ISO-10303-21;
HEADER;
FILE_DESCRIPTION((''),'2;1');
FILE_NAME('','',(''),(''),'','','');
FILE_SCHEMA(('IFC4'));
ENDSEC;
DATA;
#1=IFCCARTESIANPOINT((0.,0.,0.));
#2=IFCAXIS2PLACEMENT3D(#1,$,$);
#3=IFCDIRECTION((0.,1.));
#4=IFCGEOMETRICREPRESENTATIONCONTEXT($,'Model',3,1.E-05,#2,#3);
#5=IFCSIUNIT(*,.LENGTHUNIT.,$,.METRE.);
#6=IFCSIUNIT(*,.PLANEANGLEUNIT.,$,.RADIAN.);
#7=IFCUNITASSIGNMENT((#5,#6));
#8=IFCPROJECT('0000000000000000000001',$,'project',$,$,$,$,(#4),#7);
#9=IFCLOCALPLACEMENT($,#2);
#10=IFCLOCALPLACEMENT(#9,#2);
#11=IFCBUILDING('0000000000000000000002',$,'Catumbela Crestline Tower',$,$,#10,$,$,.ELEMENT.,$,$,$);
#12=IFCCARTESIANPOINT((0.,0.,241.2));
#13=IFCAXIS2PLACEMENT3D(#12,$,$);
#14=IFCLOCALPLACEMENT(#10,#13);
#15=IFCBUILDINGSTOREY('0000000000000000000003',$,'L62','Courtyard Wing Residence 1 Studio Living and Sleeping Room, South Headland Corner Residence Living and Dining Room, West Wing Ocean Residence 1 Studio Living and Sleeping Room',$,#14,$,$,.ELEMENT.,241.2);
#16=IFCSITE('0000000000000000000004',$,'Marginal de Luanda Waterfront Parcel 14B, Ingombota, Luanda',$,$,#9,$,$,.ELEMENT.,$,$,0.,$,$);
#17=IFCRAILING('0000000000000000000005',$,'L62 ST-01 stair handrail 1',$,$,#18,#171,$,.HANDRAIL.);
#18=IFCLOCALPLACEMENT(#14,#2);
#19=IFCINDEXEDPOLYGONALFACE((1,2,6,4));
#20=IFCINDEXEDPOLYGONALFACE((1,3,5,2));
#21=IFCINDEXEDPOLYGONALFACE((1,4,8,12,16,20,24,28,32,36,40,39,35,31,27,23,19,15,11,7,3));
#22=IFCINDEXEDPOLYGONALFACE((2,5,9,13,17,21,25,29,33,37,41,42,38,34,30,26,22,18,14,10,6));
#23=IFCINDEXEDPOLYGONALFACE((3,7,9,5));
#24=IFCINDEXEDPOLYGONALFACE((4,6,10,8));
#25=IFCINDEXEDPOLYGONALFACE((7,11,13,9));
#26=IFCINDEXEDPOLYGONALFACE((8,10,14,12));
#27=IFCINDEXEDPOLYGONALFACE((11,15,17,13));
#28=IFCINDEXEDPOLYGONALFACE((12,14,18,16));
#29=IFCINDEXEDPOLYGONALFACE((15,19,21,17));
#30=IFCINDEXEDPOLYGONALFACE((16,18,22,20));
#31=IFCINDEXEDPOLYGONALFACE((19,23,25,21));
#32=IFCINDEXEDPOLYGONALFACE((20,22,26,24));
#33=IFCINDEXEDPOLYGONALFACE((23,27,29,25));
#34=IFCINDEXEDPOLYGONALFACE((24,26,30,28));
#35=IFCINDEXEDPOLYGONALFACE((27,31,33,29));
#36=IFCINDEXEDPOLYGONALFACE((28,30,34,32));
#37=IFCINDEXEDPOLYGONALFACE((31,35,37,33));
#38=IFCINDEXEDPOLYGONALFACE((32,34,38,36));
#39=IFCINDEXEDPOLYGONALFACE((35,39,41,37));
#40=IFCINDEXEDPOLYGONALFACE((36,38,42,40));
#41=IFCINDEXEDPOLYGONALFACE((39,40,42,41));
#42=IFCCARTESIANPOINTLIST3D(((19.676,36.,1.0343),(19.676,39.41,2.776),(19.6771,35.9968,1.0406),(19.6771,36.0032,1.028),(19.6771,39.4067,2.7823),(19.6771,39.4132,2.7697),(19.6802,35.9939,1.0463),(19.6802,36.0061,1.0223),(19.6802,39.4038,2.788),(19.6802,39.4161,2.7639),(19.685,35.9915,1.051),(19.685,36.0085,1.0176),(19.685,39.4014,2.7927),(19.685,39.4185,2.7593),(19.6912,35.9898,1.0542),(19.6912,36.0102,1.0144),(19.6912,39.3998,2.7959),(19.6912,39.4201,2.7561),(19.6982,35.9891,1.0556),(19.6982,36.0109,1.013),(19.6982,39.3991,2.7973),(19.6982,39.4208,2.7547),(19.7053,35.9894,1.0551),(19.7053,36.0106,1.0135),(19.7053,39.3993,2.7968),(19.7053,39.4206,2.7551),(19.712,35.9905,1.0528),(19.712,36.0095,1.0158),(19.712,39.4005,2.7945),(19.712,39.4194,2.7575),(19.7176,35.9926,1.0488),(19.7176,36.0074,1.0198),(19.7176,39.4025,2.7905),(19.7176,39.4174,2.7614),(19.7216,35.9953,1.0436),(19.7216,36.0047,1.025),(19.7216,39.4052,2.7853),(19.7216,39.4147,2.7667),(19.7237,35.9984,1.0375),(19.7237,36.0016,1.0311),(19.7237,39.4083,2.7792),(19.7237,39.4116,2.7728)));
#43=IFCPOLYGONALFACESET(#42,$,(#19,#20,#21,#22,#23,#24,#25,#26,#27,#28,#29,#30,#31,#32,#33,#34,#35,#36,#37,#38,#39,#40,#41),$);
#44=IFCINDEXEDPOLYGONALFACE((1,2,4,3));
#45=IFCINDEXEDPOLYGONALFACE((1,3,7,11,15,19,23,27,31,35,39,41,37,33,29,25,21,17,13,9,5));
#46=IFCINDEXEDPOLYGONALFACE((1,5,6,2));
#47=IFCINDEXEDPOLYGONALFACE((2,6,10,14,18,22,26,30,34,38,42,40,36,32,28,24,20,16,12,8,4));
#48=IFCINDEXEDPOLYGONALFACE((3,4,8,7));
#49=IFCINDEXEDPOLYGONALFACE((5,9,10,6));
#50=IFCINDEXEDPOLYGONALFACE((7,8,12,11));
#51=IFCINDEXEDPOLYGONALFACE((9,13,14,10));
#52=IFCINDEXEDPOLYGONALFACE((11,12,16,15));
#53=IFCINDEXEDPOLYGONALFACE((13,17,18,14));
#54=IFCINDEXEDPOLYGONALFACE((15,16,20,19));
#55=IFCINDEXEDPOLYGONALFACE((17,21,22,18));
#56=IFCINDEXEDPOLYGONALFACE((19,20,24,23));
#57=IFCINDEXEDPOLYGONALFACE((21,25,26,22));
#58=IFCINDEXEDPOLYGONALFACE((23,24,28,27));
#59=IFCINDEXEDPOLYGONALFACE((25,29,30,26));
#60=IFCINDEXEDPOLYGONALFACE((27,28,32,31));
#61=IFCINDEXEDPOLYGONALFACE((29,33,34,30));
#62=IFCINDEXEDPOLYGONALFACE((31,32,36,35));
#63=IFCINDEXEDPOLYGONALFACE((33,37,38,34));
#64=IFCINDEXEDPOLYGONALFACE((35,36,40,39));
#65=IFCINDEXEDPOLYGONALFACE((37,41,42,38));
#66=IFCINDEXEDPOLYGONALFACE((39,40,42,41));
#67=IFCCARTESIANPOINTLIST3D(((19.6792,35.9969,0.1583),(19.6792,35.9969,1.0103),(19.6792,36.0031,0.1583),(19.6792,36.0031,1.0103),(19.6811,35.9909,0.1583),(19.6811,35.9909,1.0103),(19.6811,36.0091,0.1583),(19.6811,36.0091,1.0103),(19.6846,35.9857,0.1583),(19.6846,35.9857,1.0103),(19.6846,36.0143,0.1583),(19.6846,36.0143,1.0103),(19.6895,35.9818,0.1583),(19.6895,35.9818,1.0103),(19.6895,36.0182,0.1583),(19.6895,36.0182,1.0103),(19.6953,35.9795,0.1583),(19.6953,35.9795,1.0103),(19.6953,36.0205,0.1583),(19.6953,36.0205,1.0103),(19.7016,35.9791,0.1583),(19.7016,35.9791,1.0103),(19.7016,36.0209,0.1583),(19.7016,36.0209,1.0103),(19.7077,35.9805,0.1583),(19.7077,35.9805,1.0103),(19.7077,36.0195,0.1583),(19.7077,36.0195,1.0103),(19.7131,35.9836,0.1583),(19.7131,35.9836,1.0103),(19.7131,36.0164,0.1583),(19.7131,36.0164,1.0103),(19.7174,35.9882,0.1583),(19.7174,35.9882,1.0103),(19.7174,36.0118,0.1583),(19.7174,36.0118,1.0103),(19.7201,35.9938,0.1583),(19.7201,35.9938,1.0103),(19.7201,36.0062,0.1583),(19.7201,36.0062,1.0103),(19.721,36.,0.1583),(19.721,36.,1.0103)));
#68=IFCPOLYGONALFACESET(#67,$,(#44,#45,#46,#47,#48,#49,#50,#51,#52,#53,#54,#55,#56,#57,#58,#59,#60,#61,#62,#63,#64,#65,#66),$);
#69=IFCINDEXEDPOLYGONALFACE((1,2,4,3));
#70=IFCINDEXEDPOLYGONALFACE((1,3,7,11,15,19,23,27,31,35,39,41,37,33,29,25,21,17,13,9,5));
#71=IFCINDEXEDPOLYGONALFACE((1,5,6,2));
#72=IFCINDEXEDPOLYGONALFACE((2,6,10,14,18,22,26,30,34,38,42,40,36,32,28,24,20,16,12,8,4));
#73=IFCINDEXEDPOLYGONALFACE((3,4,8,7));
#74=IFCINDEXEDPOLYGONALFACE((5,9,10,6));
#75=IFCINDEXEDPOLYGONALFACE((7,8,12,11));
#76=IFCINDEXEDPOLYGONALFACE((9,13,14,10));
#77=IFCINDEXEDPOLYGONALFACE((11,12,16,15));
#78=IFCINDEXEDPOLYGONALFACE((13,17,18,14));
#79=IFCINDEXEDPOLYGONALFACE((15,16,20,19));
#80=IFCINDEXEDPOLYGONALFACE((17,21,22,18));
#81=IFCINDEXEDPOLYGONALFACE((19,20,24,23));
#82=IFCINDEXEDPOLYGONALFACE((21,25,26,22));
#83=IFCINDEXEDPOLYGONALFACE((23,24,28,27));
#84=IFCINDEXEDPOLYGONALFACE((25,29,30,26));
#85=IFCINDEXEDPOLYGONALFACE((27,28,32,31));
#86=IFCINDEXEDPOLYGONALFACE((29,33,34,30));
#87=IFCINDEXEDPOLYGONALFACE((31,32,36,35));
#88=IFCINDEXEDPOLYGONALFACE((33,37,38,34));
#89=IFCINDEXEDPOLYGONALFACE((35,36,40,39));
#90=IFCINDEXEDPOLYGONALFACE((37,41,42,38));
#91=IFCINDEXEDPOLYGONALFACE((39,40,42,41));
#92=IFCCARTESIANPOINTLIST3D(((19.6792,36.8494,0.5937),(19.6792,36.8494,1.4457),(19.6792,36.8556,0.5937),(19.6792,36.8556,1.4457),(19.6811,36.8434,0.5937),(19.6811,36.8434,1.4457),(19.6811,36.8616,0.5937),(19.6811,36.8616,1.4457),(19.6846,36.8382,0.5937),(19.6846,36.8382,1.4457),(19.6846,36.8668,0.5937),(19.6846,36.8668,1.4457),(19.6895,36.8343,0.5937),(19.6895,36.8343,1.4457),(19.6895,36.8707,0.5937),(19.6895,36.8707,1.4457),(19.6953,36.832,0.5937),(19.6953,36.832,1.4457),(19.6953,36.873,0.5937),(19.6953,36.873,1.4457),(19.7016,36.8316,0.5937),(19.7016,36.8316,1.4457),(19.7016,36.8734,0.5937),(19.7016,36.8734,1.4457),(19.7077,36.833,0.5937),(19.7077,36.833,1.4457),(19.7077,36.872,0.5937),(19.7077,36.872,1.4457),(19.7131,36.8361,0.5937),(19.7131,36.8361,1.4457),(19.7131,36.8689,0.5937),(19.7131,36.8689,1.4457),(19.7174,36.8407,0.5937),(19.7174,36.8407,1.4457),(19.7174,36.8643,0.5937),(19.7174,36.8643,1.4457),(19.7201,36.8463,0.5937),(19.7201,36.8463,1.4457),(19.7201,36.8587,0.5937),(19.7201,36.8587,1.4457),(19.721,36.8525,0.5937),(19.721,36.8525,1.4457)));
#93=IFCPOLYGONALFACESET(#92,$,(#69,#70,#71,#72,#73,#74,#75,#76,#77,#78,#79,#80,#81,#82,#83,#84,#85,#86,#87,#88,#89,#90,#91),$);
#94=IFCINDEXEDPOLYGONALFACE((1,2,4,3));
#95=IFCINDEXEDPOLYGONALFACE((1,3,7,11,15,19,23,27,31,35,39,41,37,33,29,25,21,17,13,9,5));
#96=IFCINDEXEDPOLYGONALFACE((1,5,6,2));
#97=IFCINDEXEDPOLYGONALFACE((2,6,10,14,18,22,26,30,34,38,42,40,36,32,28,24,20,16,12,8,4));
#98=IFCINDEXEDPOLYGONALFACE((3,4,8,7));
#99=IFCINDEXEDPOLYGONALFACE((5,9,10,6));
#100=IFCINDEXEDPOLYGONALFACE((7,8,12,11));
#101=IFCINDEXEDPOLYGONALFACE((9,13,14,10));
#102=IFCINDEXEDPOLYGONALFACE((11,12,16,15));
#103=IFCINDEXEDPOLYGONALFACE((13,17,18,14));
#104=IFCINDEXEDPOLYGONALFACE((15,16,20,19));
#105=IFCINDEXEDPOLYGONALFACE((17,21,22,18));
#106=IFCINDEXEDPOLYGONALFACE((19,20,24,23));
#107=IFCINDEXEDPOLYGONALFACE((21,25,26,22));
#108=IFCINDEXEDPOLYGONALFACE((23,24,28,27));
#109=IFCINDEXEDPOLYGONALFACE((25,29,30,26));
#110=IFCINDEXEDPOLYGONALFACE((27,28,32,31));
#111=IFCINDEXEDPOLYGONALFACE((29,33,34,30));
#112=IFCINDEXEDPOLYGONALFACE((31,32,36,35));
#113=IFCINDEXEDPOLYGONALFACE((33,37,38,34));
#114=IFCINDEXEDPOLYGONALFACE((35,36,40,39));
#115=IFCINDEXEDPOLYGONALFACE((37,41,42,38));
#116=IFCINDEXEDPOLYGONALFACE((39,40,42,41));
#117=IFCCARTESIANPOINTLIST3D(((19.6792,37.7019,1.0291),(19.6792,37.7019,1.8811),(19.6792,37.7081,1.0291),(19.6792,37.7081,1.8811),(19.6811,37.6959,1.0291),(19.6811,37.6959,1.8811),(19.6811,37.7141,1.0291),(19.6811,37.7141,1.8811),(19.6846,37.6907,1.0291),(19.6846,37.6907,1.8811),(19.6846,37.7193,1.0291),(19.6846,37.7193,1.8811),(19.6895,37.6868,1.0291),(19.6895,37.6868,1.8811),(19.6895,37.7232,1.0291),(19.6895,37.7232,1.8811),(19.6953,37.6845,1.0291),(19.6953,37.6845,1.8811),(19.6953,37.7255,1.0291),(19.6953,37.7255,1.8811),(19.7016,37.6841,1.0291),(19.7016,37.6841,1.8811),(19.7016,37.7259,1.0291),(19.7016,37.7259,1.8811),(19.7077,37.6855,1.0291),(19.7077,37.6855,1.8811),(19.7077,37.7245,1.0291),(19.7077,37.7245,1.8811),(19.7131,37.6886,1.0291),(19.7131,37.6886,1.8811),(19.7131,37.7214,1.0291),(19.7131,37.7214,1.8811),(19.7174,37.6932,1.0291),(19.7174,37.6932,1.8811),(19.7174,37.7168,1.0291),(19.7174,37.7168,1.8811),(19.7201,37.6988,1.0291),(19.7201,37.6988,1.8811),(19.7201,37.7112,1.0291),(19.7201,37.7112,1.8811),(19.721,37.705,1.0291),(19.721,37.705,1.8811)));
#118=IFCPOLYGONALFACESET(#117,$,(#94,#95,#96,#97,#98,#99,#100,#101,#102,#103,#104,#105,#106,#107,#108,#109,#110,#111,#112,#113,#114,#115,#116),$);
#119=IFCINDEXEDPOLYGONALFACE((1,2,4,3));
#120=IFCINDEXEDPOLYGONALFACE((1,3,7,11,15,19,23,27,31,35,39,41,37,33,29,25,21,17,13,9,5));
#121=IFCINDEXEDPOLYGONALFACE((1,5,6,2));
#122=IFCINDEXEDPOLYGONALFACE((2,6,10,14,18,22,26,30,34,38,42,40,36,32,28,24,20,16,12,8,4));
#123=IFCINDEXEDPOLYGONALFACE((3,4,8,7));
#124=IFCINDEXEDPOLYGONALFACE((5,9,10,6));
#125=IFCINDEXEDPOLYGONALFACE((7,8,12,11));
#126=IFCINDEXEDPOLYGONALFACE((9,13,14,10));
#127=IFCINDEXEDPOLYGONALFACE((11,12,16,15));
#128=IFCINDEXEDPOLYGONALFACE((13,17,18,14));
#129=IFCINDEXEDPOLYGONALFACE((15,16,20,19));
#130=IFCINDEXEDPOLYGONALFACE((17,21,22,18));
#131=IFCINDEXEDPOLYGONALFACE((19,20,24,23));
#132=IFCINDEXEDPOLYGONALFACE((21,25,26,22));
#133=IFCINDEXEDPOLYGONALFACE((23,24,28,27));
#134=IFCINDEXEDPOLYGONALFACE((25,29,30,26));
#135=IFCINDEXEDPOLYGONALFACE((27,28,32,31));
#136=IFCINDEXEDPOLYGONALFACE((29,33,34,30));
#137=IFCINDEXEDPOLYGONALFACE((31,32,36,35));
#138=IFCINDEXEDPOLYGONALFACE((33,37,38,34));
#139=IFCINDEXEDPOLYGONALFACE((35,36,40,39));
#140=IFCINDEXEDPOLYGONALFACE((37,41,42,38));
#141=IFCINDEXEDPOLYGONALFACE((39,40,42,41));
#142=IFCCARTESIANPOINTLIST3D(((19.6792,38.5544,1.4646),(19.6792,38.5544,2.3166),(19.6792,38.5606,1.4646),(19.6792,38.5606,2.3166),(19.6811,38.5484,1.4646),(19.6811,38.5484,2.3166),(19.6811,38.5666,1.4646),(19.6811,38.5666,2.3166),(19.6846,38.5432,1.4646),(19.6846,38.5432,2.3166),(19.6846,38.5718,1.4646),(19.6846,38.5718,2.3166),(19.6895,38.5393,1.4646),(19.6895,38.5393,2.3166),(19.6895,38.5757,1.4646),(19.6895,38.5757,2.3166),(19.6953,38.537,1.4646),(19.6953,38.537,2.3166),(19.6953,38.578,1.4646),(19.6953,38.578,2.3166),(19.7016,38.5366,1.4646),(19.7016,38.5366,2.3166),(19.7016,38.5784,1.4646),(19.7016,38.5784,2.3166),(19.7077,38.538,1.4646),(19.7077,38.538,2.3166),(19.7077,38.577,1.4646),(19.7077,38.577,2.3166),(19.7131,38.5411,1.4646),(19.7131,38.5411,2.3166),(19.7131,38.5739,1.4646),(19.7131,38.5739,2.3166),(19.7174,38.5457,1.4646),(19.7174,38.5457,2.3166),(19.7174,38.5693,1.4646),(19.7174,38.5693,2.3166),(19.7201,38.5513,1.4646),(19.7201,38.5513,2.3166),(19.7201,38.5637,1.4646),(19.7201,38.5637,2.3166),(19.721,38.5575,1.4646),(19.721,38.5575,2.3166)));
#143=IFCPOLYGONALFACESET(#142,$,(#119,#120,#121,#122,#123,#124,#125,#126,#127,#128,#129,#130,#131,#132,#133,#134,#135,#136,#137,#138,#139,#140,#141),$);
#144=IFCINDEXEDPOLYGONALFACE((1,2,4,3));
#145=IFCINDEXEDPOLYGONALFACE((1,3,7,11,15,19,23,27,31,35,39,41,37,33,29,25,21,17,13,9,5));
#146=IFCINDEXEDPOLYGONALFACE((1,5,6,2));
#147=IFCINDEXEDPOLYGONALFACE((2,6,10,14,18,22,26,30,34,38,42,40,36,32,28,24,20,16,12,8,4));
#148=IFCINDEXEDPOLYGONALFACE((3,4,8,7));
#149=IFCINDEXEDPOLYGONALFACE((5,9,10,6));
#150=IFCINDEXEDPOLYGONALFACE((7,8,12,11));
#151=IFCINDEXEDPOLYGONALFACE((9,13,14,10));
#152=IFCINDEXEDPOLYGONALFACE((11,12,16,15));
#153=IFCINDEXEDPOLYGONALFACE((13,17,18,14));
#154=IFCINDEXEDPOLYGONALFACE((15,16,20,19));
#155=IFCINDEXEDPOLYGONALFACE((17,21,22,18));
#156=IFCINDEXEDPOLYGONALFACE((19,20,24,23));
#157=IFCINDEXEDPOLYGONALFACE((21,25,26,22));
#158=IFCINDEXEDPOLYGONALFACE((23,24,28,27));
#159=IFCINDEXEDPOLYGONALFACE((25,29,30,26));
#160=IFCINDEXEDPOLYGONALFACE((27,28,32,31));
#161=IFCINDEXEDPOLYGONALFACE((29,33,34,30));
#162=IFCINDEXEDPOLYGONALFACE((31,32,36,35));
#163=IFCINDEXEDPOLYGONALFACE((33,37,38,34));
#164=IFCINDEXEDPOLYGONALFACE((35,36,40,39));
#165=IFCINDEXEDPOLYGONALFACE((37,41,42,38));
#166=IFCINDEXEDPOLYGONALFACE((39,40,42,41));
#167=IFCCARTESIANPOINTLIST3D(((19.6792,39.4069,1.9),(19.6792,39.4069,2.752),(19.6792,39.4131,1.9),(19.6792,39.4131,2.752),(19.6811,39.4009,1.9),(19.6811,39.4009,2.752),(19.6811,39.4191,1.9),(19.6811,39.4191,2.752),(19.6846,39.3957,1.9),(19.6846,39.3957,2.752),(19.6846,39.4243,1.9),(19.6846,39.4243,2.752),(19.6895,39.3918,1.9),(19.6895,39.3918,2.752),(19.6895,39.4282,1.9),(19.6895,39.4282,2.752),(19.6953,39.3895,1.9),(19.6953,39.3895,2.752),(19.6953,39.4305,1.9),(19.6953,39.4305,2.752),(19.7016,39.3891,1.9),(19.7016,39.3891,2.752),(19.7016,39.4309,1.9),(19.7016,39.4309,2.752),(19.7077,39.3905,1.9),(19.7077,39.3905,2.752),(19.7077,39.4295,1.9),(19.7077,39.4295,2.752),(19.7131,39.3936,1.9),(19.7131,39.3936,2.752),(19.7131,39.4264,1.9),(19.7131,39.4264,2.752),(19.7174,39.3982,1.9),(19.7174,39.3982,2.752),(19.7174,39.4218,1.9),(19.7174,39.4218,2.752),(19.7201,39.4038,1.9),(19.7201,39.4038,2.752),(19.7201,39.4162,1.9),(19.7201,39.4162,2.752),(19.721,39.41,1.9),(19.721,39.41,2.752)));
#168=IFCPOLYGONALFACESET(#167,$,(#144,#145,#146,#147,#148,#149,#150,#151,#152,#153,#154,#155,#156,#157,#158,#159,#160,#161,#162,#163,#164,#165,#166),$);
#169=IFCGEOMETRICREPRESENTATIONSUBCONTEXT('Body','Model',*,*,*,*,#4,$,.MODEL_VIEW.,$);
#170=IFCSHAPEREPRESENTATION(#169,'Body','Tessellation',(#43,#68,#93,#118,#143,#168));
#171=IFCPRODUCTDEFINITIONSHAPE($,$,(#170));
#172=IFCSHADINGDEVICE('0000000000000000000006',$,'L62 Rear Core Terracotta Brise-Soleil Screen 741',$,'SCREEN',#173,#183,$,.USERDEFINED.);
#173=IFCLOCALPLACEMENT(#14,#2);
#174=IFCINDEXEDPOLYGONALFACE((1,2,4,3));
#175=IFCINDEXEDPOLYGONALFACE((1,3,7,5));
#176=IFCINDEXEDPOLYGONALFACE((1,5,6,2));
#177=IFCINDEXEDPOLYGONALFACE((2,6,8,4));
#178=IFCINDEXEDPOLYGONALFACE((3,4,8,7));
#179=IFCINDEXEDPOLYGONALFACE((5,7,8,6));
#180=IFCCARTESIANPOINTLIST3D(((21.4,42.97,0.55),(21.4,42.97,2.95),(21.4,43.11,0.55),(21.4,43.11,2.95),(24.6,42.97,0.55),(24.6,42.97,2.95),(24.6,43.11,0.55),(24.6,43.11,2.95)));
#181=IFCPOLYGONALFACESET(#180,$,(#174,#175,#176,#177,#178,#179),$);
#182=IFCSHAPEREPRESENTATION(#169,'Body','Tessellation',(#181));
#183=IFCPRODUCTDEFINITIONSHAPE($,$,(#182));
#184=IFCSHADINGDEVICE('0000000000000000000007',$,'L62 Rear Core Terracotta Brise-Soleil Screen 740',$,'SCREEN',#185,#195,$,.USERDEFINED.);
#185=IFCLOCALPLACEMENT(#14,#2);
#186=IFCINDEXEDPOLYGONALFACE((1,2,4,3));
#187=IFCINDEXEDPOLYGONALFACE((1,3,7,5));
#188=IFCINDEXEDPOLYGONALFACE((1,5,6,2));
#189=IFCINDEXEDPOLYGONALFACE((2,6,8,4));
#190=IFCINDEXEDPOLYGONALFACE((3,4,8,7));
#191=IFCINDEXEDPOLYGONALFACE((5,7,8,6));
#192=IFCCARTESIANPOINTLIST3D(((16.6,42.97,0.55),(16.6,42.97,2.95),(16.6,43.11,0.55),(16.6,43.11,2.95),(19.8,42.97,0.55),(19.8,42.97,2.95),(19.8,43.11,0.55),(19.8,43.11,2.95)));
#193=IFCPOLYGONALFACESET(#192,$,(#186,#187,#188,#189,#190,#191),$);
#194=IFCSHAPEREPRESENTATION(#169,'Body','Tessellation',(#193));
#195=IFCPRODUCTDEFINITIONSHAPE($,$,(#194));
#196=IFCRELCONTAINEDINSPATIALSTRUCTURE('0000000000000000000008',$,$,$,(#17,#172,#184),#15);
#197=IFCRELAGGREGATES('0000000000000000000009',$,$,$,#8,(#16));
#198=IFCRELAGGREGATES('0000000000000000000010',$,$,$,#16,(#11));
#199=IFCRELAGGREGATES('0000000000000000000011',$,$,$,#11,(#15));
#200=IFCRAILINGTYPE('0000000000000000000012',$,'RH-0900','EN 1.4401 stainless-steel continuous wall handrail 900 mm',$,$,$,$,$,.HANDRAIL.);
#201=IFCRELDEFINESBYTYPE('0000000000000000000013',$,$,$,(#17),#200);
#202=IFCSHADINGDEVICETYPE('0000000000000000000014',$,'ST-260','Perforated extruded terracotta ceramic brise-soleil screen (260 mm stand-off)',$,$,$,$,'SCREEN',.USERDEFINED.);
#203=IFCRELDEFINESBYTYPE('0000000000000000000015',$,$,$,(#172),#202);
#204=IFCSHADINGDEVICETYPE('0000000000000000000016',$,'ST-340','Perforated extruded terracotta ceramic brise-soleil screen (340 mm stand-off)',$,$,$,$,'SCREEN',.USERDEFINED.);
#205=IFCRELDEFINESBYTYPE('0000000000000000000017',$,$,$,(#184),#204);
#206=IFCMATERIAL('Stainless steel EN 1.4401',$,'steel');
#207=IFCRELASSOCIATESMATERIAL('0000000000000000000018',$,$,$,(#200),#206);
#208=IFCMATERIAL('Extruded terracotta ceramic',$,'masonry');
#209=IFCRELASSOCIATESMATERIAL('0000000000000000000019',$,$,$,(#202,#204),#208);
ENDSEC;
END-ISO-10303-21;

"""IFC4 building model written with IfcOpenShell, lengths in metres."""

from ifc_helpers import new_model, si_unit, direction, frame, origin, origin_2d, place, context, subcontext, project, spatial, rectangle, circle, extrude, material, type_object, element, save


model = new_model("IFC4")

# Units and contexts
model_context = context("Model", 3, precision=1e-05, world=origin(), true_north=direction((0.0, 1.0)))
body_context = subcontext(model_context, "Body", "Model", "MODEL_VIEW")
ifc_project = project(units=[si_unit("LENGTHUNIT", "METRE"), si_unit("PLANEANGLEUNIT", "RADIAN")], contexts=[model_context])

# Site, building, storey
site_placement = place(None, origin())
site = spatial("IfcSite", under=ifc_project, at=site_placement, Name="Marginal de Luanda Waterfront Parcel 14B, Ingombota, Luanda", CompositionType="ELEMENT", RefElevation=0.0)
building_placement = place(site_placement, origin())
building = spatial("IfcBuilding", under=site, at=building_placement, Name="Catumbela Crestline Tower", CompositionType="ELEMENT")
storey_placement = place(building_placement, frame((0.0, 0.0, 241.2)))
storey = spatial("IfcBuildingStorey", under=building, at=storey_placement, Name="L62", Description="Courtyard Wing Residence 1 Studio Living and Sleeping Room, South Headland Corner Residence Living and Dining Room, West Wing Ocean Residence 1 Studio Living and Sleeping Room", CompositionType="ELEMENT", Elevation=241.2)

# Shared definitions
ifc_material_1 = material(Name="Stainless steel EN 1.4401", Category="steel")

# Railing
railing_type_1 = type_object("IfcRailingType", Name="RH-0900", Description="EN 1.4401 stainless-steel continuous wall handrail 900 mm", PredefinedType="HANDRAIL", material=ifc_material_1)
railing_1_placement = place(storey_placement, frame((19.7, 36.0, 0.1583)))
element("IfcRailing", 1, at=railing_1_placement, inside=storey, type_object=railing_type_1, Name="L62 ST-01 stair handrail 1", PredefinedType="HANDRAIL", context=body_context, shape_type="SweptSolid", body=[
    extrude(circle(Radius=0.024, at=origin_2d()), frame((0.0, 0.0, 0.876), z_axis=(0.0, 0.89056, 0.454865), x_axis=(-1.0, 0.0, 0.0)), (0.0, 0.0, 1.0), 3.829),
    extrude(circle(Radius=0.021, at=origin_2d()), origin(), (0.0, 0.0, 1.0), 0.852),
    extrude(circle(Radius=0.021, at=origin_2d()), frame((0.0, 0.8525, 0.4354)), (0.0, 0.0, 1.0), 0.852),
    extrude(circle(Radius=0.021, at=origin_2d()), frame((0.0, 1.705, 0.8708)), (0.0, 0.0, 1.0), 0.852),
    extrude(circle(Radius=0.021, at=origin_2d()), frame((0.0, 2.5575, 1.3063)), (0.0, 0.0, 1.0), 0.852),
    extrude(circle(Radius=0.021, at=origin_2d()), frame((0.0, 3.41, 1.7417)), (0.0, 0.0, 1.0), 0.852),
])

# Shading devices
ifc_material_2 = material(Name="Extruded terracotta ceramic", Category="masonry")
shading_device_type_1 = type_object("IfcShadingDeviceType", Name="ST-260", Description="Perforated extruded terracotta ceramic brise-soleil screen (260 mm stand-off)", ElementType="SCREEN", PredefinedType="USERDEFINED", material=ifc_material_2)
shading_device_1_placement = place(storey_placement, frame((23.0, 43.04, 0.55), z_axis=(0.0, 0.0, 1.0), x_axis=(1.0, 0.0, 0.0)))
element("IfcShadingDevice", 2, at=shading_device_1_placement, inside=storey, type_object=shading_device_type_1, Name="L62 Rear Core Terracotta Brise-Soleil Screen 741", ObjectType="SCREEN", PredefinedType="USERDEFINED", context=body_context, shape_type="SweptSolid", body=[
    extrude(rectangle(XDim=3.2, YDim=0.14, at=origin_2d()), origin(), (0.0, 0.0, 1.0), 2.4),
])
shading_device_type_2 = type_object("IfcShadingDeviceType", Name="ST-340", Description="Perforated extruded terracotta ceramic brise-soleil screen (340 mm stand-off)", ElementType="SCREEN", PredefinedType="USERDEFINED", material=ifc_material_2)
shading_device_2_placement = place(storey_placement, frame((18.2, 43.04, 0.55), z_axis=(0.0, 0.0, 1.0), x_axis=(1.0, 0.0, 0.0)))
element("IfcShadingDevice", 3, at=shading_device_2_placement, inside=storey, type_object=shading_device_type_2, Name="L62 Rear Core Terracotta Brise-Soleil Screen 740", ObjectType="SCREEN", PredefinedType="USERDEFINED", context=body_context, shape_type="SweptSolid", body=[
    extrude(rectangle(XDim=3.2, YDim=0.14, at=origin_2d()), origin(), (0.0, 0.0, 1.0), 2.4),
])

save(model, "model.ifc")
